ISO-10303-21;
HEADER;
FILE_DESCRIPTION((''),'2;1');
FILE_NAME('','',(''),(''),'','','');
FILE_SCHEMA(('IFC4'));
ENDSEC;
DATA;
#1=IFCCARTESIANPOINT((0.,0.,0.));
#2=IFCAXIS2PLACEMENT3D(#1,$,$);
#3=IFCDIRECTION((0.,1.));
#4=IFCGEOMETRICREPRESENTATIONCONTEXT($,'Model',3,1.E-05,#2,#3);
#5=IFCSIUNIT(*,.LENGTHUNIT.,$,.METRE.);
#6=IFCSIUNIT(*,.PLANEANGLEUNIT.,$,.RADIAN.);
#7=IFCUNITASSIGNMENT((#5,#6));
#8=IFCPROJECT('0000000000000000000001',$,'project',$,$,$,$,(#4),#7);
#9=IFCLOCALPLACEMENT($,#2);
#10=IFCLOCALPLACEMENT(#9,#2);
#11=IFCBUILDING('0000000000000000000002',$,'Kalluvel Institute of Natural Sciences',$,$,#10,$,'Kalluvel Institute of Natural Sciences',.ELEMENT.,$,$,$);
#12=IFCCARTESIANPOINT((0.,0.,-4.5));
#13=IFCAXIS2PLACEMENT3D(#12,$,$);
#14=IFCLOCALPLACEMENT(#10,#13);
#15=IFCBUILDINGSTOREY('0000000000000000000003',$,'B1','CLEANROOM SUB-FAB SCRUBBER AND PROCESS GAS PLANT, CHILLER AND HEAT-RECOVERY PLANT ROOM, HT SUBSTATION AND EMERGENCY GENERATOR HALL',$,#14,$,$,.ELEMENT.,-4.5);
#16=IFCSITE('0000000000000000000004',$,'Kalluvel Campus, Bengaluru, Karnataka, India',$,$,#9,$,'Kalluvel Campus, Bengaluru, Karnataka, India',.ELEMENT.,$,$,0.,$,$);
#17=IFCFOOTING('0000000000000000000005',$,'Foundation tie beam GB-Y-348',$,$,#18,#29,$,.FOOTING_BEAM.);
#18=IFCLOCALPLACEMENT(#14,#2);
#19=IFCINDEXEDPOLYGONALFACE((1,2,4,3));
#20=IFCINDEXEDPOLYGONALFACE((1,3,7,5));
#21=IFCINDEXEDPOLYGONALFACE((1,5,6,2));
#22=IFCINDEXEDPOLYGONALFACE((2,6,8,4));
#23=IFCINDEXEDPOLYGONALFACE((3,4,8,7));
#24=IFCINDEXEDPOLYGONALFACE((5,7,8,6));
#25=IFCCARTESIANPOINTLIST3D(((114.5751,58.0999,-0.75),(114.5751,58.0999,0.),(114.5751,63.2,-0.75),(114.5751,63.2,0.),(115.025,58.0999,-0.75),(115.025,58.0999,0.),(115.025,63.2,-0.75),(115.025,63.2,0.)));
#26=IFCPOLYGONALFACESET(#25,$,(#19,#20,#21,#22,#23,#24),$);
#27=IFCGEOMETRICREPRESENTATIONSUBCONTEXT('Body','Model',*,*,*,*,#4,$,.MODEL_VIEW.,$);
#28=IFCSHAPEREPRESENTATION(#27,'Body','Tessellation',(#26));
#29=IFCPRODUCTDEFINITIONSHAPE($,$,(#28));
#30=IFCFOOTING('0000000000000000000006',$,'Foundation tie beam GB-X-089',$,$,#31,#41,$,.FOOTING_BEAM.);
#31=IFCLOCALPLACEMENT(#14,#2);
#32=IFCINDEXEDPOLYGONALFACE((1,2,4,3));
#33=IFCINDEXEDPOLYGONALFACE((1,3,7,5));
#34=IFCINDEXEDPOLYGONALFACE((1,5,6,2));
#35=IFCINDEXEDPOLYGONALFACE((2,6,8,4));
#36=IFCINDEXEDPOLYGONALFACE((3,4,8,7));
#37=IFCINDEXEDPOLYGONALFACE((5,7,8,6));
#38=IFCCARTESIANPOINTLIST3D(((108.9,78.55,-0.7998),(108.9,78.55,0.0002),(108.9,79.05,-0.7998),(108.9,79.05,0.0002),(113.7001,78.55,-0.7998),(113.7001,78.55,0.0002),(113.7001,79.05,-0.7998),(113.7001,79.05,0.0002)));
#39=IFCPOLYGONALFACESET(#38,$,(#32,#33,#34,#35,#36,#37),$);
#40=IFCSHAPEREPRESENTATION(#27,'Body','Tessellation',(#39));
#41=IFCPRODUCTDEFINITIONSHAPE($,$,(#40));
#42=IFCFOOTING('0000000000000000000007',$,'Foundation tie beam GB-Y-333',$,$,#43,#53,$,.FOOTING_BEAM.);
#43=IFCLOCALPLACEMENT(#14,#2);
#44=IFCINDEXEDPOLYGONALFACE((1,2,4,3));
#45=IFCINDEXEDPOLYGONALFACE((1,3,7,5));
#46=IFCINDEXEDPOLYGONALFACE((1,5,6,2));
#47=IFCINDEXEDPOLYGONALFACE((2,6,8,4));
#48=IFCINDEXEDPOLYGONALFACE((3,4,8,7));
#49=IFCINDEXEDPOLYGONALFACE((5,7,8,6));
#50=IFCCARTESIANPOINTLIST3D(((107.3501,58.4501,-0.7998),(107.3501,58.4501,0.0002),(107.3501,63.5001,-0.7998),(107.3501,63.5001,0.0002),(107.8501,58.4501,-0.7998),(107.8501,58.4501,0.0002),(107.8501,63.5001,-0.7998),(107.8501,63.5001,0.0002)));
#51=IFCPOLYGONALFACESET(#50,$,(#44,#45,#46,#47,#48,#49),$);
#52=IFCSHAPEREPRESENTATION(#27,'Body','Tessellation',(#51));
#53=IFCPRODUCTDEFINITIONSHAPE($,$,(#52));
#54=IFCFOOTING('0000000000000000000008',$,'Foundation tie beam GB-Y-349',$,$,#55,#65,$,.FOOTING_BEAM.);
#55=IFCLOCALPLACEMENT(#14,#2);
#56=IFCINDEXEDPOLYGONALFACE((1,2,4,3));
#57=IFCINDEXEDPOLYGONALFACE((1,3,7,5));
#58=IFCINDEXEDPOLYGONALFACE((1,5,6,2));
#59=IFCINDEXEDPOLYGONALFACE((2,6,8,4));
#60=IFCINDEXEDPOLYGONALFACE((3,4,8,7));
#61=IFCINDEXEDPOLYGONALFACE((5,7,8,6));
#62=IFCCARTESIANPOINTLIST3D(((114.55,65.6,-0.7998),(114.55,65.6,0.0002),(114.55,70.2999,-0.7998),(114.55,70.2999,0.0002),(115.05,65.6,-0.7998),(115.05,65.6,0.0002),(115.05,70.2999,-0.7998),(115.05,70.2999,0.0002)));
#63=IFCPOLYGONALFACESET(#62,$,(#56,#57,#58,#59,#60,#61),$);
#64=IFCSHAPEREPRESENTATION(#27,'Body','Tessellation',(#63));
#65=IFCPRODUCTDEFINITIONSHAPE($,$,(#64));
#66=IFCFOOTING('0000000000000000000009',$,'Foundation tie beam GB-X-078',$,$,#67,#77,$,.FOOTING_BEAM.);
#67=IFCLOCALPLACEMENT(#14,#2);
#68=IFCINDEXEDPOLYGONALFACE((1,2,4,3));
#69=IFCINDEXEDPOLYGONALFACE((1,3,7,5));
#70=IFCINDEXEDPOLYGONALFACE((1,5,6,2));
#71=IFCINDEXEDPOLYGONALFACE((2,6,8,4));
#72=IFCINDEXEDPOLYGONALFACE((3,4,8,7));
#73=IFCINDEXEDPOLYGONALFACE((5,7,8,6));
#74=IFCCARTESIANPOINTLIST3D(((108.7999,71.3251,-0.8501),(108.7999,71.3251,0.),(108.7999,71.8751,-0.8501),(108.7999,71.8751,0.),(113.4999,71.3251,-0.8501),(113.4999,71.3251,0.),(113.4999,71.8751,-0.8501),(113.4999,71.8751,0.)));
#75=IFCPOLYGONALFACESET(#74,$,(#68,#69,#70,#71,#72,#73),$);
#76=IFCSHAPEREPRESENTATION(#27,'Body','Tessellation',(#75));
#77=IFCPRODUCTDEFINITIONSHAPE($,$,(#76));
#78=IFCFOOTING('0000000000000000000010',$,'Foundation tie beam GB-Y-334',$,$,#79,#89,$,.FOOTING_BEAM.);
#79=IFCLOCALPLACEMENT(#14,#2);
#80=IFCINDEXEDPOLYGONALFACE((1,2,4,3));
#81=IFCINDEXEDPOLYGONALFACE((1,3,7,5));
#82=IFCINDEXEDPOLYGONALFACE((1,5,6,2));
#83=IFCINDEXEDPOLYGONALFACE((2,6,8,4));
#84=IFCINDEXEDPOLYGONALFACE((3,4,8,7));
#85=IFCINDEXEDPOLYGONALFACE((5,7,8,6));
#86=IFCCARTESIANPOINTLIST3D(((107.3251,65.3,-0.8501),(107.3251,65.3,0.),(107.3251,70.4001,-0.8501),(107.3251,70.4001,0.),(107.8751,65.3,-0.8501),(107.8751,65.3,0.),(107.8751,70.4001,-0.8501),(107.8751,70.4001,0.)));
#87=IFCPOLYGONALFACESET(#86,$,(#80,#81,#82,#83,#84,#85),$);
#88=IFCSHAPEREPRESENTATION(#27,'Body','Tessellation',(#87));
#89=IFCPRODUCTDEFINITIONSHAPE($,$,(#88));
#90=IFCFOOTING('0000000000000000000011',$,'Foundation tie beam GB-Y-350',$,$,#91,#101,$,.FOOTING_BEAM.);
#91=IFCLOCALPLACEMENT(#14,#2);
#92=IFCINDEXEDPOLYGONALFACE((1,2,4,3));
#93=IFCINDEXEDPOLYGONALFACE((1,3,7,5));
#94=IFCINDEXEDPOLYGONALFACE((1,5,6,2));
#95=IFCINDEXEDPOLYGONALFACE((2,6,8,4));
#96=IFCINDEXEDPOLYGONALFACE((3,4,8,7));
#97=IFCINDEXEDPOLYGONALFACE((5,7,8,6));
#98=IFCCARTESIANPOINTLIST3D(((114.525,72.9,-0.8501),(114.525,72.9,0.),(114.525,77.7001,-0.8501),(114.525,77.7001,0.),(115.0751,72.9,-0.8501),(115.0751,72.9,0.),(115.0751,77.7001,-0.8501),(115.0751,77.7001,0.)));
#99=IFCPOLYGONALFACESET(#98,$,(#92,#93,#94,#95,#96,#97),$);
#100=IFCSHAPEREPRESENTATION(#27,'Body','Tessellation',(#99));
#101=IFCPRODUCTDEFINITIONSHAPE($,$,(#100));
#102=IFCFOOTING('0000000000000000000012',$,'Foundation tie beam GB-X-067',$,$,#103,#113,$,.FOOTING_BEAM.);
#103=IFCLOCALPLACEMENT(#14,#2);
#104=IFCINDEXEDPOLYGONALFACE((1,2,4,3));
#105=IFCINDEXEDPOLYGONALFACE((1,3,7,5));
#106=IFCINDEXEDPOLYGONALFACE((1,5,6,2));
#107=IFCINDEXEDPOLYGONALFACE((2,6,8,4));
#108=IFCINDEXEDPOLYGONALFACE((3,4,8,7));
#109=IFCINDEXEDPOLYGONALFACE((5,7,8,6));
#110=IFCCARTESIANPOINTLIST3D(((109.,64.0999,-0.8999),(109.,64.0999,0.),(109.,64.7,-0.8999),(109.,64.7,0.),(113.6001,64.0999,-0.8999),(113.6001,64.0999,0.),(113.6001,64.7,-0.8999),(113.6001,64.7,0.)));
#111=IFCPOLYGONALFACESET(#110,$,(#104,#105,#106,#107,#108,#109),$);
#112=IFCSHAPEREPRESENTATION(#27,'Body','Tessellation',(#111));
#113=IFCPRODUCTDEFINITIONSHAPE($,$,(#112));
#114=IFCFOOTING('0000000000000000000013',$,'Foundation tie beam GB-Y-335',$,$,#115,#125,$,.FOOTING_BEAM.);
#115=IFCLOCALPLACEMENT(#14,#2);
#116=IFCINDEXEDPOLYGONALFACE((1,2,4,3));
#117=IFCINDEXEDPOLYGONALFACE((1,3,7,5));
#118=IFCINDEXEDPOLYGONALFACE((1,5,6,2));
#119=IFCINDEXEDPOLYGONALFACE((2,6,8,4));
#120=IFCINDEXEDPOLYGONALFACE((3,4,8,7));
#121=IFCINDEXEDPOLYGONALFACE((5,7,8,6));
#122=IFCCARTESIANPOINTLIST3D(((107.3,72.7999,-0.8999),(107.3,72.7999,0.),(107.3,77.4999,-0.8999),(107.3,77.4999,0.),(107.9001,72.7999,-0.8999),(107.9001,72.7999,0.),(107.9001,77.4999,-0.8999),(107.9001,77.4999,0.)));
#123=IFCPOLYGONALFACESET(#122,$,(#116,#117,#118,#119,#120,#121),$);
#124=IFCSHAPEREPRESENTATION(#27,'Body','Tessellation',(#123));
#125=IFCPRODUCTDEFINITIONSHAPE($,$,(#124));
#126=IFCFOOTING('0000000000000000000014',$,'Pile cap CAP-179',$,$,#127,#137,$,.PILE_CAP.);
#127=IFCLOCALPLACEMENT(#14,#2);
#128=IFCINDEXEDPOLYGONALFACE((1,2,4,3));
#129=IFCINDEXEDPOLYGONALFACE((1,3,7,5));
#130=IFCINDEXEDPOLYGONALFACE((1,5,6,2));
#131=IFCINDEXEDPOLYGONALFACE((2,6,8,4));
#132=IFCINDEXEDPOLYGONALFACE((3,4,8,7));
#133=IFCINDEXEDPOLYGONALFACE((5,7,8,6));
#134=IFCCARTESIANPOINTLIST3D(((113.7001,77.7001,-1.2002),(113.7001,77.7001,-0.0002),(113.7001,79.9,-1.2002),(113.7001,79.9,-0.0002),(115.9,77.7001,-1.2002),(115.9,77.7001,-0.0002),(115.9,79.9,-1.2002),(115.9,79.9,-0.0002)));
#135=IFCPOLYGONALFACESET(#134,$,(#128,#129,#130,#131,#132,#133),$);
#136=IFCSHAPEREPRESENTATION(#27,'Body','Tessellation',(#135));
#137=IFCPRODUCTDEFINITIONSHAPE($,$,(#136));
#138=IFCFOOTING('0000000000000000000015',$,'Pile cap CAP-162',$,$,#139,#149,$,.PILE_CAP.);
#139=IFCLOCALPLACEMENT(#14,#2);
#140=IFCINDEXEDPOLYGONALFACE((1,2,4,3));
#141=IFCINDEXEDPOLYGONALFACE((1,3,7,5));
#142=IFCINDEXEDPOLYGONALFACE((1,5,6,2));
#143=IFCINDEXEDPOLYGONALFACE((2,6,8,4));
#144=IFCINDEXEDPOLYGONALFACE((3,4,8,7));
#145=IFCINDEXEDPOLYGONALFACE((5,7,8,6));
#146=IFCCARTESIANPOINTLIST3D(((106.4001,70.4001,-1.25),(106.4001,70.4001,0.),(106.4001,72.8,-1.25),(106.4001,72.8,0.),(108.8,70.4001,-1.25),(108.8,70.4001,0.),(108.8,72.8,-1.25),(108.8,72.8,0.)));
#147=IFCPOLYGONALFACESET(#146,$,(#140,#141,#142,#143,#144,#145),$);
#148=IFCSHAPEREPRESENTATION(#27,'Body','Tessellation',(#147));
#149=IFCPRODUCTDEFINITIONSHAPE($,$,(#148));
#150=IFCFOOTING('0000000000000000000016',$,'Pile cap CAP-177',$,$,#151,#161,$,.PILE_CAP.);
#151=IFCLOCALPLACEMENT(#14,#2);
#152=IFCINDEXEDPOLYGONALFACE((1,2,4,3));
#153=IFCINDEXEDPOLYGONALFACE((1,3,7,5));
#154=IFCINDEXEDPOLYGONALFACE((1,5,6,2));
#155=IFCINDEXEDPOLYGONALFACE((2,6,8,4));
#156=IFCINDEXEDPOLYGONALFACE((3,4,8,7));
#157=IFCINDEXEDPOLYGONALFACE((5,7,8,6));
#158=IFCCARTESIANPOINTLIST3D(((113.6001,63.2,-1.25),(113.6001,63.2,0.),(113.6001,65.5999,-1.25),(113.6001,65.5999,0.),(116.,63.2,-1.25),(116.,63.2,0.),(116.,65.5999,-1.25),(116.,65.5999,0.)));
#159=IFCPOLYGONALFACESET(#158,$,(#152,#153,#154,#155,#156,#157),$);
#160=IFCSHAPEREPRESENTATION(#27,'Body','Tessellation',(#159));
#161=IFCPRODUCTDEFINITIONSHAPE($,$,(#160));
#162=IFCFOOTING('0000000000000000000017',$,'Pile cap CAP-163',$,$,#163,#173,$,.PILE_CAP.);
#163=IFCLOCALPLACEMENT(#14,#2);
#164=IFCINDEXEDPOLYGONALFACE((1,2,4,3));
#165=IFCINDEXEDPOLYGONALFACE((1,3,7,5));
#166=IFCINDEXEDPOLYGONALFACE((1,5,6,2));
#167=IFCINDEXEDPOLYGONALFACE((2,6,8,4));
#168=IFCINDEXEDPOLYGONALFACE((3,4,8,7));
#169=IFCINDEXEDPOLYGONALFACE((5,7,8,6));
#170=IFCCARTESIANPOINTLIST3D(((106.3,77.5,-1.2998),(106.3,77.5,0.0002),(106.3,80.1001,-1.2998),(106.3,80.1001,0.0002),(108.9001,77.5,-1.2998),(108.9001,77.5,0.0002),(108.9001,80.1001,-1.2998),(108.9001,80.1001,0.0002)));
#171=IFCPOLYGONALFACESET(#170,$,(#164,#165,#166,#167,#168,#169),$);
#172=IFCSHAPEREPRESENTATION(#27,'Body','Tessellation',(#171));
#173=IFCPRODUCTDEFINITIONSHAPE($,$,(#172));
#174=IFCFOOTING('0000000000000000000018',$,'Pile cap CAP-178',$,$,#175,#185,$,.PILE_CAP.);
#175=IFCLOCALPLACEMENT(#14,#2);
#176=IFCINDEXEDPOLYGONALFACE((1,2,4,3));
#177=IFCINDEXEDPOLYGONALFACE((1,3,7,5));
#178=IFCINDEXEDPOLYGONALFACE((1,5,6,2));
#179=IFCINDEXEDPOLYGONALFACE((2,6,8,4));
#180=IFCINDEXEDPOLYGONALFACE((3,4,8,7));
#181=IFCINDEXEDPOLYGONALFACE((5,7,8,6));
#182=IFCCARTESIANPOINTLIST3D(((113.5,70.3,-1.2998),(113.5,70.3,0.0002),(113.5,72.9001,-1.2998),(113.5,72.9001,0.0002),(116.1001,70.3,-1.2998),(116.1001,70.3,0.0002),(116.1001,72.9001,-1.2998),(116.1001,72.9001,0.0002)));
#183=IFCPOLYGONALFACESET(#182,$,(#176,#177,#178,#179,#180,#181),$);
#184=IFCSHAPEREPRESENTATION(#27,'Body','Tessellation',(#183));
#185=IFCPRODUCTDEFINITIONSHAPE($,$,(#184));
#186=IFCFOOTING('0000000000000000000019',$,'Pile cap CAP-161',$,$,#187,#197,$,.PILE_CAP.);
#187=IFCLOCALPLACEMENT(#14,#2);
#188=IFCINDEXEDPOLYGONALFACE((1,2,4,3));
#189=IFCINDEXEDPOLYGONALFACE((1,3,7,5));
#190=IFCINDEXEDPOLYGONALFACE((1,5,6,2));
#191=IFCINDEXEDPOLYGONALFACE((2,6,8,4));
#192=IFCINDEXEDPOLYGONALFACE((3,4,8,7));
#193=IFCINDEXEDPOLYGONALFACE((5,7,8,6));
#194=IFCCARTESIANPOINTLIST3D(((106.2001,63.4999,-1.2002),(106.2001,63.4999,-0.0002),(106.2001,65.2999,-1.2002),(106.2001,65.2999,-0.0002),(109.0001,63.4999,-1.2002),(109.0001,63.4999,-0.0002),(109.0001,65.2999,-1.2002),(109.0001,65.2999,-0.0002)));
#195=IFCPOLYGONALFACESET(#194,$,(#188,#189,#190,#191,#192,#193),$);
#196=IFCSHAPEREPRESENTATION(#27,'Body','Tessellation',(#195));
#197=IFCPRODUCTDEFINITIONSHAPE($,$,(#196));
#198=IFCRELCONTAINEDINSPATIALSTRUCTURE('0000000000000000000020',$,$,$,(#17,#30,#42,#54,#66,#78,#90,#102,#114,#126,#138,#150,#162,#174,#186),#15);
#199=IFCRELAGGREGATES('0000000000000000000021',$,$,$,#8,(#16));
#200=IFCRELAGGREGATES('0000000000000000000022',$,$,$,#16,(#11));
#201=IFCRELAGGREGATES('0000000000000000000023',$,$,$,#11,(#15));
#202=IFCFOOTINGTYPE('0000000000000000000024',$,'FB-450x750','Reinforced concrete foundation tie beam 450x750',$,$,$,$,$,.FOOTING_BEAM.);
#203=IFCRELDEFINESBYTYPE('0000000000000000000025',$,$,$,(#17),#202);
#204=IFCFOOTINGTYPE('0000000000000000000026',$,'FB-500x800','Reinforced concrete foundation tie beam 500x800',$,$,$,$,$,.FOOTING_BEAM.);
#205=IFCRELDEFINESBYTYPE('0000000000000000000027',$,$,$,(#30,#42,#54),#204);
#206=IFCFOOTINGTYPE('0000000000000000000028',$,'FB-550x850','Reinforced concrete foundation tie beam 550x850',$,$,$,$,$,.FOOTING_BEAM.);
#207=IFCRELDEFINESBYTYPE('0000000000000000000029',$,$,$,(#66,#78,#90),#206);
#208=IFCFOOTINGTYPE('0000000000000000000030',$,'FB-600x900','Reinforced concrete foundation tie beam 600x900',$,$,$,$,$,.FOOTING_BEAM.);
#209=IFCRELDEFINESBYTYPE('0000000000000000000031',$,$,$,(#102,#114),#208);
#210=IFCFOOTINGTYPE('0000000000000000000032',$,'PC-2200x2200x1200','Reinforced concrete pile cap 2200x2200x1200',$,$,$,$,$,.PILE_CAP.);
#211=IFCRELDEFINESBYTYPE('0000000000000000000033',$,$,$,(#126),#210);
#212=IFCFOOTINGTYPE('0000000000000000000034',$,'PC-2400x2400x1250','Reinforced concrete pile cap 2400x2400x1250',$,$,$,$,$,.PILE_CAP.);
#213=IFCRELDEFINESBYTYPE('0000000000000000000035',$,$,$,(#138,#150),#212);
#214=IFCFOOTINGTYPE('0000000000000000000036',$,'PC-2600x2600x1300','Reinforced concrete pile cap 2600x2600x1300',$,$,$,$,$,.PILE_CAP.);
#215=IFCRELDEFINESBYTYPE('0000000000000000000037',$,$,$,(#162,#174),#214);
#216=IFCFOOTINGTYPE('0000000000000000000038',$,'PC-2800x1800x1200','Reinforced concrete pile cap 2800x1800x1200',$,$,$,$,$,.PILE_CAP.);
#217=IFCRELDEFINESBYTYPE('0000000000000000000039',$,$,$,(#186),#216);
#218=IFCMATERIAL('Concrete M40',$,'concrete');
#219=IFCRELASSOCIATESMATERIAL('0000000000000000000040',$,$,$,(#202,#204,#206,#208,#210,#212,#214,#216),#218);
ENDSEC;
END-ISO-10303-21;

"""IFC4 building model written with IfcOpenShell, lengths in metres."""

from ifc_helpers import new_model, si_unit, direction, frame, origin, origin_2d, place, context, subcontext, project, spatial, rectangle, extrude, material, type_object, element, save


model = new_model("IFC4")

# Units and contexts
model_context = context("Model", 3, precision=1e-05, world=origin(), true_north=direction((0.0, 1.0)))
body_context = subcontext(model_context, "Body", "Model", "MODEL_VIEW")
ifc_project = project(units=[si_unit("LENGTHUNIT", "METRE"), si_unit("PLANEANGLEUNIT", "RADIAN")], contexts=[model_context])

# Site, building, storey
site_placement = place(None, origin())
site = spatial("IfcSite", under=ifc_project, at=site_placement, Name="Kalluvel Campus, Bengaluru, Karnataka, India", LongName="Kalluvel Campus, Bengaluru, Karnataka, India", CompositionType="ELEMENT", RefElevation=0.0)
building_placement = place(site_placement, origin())
building = spatial("IfcBuilding", under=site, at=building_placement, Name="Kalluvel Institute of Natural Sciences", LongName="Kalluvel Institute of Natural Sciences", CompositionType="ELEMENT")
storey_placement = place(building_placement, frame((0.0, 0.0, -4.5)))
storey = spatial("IfcBuildingStorey", under=building, at=storey_placement, Name="B1", Description="CLEANROOM SUB-FAB SCRUBBER AND PROCESS GAS PLANT, CHILLER AND HEAT-RECOVERY PLANT ROOM, HT SUBSTATION AND EMERGENCY GENERATOR HALL", CompositionType="ELEMENT", Elevation=-4.5)

# Footings
ifc_material = material(Name="Concrete M40", Category="concrete")
footing_type_1 = type_object("IfcFootingType", Name="FB-450x750", Description="Reinforced concrete foundation tie beam 450x750", PredefinedType="FOOTING_BEAM", material=ifc_material)
footing_1_placement = place(storey_placement, frame((114.8, 60.6499, -0.75), z_axis=(0.0, 0.0, 1.0), x_axis=(1.0, 0.0, 0.0)))
element("IfcFooting", 1, at=footing_1_placement, inside=storey, type_object=footing_type_1, Name="Foundation tie beam GB-Y-348", PredefinedType="FOOTING_BEAM", context=body_context, shape_type="SweptSolid", body=[
    extrude(rectangle(XDim=0.45, YDim=5.1001, at=origin_2d()), origin(), (0.0, 0.0, 1.0), 0.75),
])
footing_type_2 = type_object("IfcFootingType", Name="FB-500x800", Description="Reinforced concrete foundation tie beam 500x800", PredefinedType="FOOTING_BEAM", material=ifc_material)
footing_2_placement = place(storey_placement, frame((111.3, 78.8, -0.7998), z_axis=(0.0, 0.0, 1.0), x_axis=(1.0, 0.0, 0.0)))
element("IfcFooting", 2, at=footing_2_placement, inside=storey, type_object=footing_type_2, Name="Foundation tie beam GB-X-089", PredefinedType="FOOTING_BEAM", context=body_context, shape_type="SweptSolid", body=[
    extrude(rectangle(XDim=4.8, YDim=0.5, at=origin_2d()), origin(), (0.0, 0.0, 1.0), 0.8),
])
footing_3_placement = place(storey_placement, frame((107.6001, 60.9751, -0.7998), z_axis=(0.0, 0.0, 1.0), x_axis=(1.0, 0.0, 0.0)))
element("IfcFooting", 3, at=footing_3_placement, inside=storey, type_object=footing_type_2, Name="Foundation tie beam GB-Y-333", PredefinedType="FOOTING_BEAM", context=body_context, shape_type="SweptSolid", body=[
    extrude(rectangle(XDim=0.5, YDim=5.05, at=origin_2d()), origin(), (0.0, 0.0, 1.0), 0.8),
])
footing_4_placement = place(storey_placement, frame((114.8, 67.95, -0.7998), z_axis=(0.0, 0.0, 1.0), x_axis=(1.0, 0.0, 0.0)))
element("IfcFooting", 4, at=footing_4_placement, inside=storey, type_object=footing_type_2, Name="Foundation tie beam GB-Y-349", PredefinedType="FOOTING_BEAM", context=body_context, shape_type="SweptSolid", body=[
    extrude(rectangle(XDim=0.5, YDim=4.7, at=origin_2d()), origin(), (0.0, 0.0, 1.0), 0.8),
])
footing_type_3 = type_object("IfcFootingType", Name="FB-550x850", Description="Reinforced concrete foundation tie beam 550x850", PredefinedType="FOOTING_BEAM", material=ifc_material)
footing_5_placement = place(storey_placement, frame((111.1499, 71.6001, -0.8501), z_axis=(0.0, 0.0, 1.0), x_axis=(1.0, 0.0, 0.0)))
element("IfcFooting", 5, at=footing_5_placement, inside=storey, type_object=footing_type_3, Name="Foundation tie beam GB-X-078", PredefinedType="FOOTING_BEAM", context=body_context, shape_type="SweptSolid", body=[
    extrude(rectangle(XDim=4.7, YDim=0.55, at=origin_2d()), origin(), (0.0, 0.0, 1.0), 0.8501),
])
footing_6_placement = place(storey_placement, frame((107.6001, 67.8501, -0.8501), z_axis=(0.0, 0.0, 1.0), x_axis=(1.0, 0.0, 0.0)))
element("IfcFooting", 6, at=footing_6_placement, inside=storey, type_object=footing_type_3, Name="Foundation tie beam GB-Y-334", PredefinedType="FOOTING_BEAM", context=body_context, shape_type="SweptSolid", body=[
    extrude(rectangle(XDim=0.55, YDim=5.1001, at=origin_2d()), origin(), (0.0, 0.0, 1.0), 0.8501),
])
footing_7_placement = place(storey_placement, frame((114.8, 75.3, -0.8501), z_axis=(0.0, 0.0, 1.0), x_axis=(1.0, 0.0, 0.0)))
element("IfcFooting", 7, at=footing_7_placement, inside=storey, type_object=footing_type_3, Name="Foundation tie beam GB-Y-350", PredefinedType="FOOTING_BEAM", context=body_context, shape_type="SweptSolid", body=[
    extrude(rectangle(XDim=0.55, YDim=4.8, at=origin_2d()), origin(), (0.0, 0.0, 1.0), 0.8501),
])
footing_type_4 = type_object("IfcFootingType", Name="FB-600x900", Description="Reinforced concrete foundation tie beam 600x900", PredefinedType="FOOTING_BEAM", material=ifc_material)
footing_8_placement = place(storey_placement, frame((111.3, 64.3999, -0.8999), z_axis=(0.0, 0.0, 1.0), x_axis=(1.0, 0.0, 0.0)))
element("IfcFooting", 8, at=footing_8_placement, inside=storey, type_object=footing_type_4, Name="Foundation tie beam GB-X-067", PredefinedType="FOOTING_BEAM", context=body_context, shape_type="SweptSolid", body=[
    extrude(rectangle(XDim=4.6001, YDim=0.6001, at=origin_2d()), origin(), (0.0, 0.0, 1.0), 0.8999),
])
footing_9_placement = place(storey_placement, frame((107.6001, 75.1499, -0.8999), z_axis=(0.0, 0.0, 1.0), x_axis=(1.0, 0.0, 0.0)))
element("IfcFooting", 9, at=footing_9_placement, inside=storey, type_object=footing_type_4, Name="Foundation tie beam GB-Y-335", PredefinedType="FOOTING_BEAM", context=body_context, shape_type="SweptSolid", body=[
    extrude(rectangle(XDim=0.6001, YDim=4.7, at=origin_2d()), origin(), (0.0, 0.0, 1.0), 0.8999),
])
footing_type_5 = type_object("IfcFootingType", Name="PC-2200x2200x1200", Description="Reinforced concrete pile cap 2200x2200x1200", PredefinedType="PILE_CAP", material=ifc_material)
footing_10_placement = place(storey_placement, frame((114.8, 78.8, -1.2002), z_axis=(0.0, 0.0, 1.0), x_axis=(1.0, 0.0, 0.0)))
element("IfcFooting", 10, at=footing_10_placement, inside=storey, type_object=footing_type_5, Name="Pile cap CAP-179", PredefinedType="PILE_CAP", context=body_context, shape_type="SweptSolid", body=[
    extrude(rectangle(XDim=2.2, YDim=2.2, at=origin_2d()), origin(), (0.0, 0.0, 1.0), 1.2),
])
footing_type_6 = type_object("IfcFootingType", Name="PC-2400x2400x1250", Description="Reinforced concrete pile cap 2400x2400x1250", PredefinedType="PILE_CAP", material=ifc_material)
for number, where, z_axis, x_axis, name in (
    (11, (107.6001, 71.6001, -1.25), (0.0, 0.0, 1.0), (1.0, 0.0, 0.0), "Pile cap CAP-162"),
    (12, (114.8, 64.3999, -1.25), (0.0, 0.0, 1.0), (1.0, 0.0, 0.0), "Pile cap CAP-177"),
):
    element("IfcFooting", number, at=place(storey_placement, frame(where, z_axis=z_axis, x_axis=x_axis)), inside=storey, type_object=footing_type_6, Name=name, PredefinedType="PILE_CAP", context=body_context, shape_type="SweptSolid", body=[
        extrude(rectangle(XDim=2.3999, YDim=2.3999, at=origin_2d()), origin(), (0.0, 0.0, 1.0), 1.25),
    ])
footing_type_7 = type_object("IfcFootingType", Name="PC-2600x2600x1300", Description="Reinforced concrete pile cap 2600x2600x1300", PredefinedType="PILE_CAP", material=ifc_material)
for number, where, z_axis, x_axis, name in (
    (13, (107.6001, 78.8, -1.2998), (0.0, 0.0, 1.0), (1.0, 0.0, 0.0), "Pile cap CAP-163"),
    (14, (114.8, 71.6001, -1.2998), (0.0, 0.0, 1.0), (1.0, 0.0, 0.0), "Pile cap CAP-178"),
):
    element("IfcFooting", number, at=place(storey_placement, frame(where, z_axis=z_axis, x_axis=x_axis)), inside=storey, type_object=footing_type_7, Name=name, PredefinedType="PILE_CAP", context=body_context, shape_type="SweptSolid", body=[
        extrude(rectangle(XDim=2.6001, YDim=2.6001, at=origin_2d()), origin(), (0.0, 0.0, 1.0), 1.3),
    ])
footing_type_8 = type_object("IfcFootingType", Name="PC-2800x1800x1200", Description="Reinforced concrete pile cap 2800x1800x1200", PredefinedType="PILE_CAP", material=ifc_material)
footing_11_placement = place(storey_placement, frame((107.6001, 64.3999, -1.2002), z_axis=(0.0, 0.0, 1.0), x_axis=(1.0, 0.0, 0.0)))
element("IfcFooting", 15, at=footing_11_placement, inside=storey, type_object=footing_type_8, Name="Pile cap CAP-161", PredefinedType="PILE_CAP", context=body_context, shape_type="SweptSolid", body=[
    extrude(rectangle(XDim=2.8, YDim=1.8, at=origin_2d()), origin(), (0.0, 0.0, 1.0), 1.2),
])

save(model, "model.ifc")
